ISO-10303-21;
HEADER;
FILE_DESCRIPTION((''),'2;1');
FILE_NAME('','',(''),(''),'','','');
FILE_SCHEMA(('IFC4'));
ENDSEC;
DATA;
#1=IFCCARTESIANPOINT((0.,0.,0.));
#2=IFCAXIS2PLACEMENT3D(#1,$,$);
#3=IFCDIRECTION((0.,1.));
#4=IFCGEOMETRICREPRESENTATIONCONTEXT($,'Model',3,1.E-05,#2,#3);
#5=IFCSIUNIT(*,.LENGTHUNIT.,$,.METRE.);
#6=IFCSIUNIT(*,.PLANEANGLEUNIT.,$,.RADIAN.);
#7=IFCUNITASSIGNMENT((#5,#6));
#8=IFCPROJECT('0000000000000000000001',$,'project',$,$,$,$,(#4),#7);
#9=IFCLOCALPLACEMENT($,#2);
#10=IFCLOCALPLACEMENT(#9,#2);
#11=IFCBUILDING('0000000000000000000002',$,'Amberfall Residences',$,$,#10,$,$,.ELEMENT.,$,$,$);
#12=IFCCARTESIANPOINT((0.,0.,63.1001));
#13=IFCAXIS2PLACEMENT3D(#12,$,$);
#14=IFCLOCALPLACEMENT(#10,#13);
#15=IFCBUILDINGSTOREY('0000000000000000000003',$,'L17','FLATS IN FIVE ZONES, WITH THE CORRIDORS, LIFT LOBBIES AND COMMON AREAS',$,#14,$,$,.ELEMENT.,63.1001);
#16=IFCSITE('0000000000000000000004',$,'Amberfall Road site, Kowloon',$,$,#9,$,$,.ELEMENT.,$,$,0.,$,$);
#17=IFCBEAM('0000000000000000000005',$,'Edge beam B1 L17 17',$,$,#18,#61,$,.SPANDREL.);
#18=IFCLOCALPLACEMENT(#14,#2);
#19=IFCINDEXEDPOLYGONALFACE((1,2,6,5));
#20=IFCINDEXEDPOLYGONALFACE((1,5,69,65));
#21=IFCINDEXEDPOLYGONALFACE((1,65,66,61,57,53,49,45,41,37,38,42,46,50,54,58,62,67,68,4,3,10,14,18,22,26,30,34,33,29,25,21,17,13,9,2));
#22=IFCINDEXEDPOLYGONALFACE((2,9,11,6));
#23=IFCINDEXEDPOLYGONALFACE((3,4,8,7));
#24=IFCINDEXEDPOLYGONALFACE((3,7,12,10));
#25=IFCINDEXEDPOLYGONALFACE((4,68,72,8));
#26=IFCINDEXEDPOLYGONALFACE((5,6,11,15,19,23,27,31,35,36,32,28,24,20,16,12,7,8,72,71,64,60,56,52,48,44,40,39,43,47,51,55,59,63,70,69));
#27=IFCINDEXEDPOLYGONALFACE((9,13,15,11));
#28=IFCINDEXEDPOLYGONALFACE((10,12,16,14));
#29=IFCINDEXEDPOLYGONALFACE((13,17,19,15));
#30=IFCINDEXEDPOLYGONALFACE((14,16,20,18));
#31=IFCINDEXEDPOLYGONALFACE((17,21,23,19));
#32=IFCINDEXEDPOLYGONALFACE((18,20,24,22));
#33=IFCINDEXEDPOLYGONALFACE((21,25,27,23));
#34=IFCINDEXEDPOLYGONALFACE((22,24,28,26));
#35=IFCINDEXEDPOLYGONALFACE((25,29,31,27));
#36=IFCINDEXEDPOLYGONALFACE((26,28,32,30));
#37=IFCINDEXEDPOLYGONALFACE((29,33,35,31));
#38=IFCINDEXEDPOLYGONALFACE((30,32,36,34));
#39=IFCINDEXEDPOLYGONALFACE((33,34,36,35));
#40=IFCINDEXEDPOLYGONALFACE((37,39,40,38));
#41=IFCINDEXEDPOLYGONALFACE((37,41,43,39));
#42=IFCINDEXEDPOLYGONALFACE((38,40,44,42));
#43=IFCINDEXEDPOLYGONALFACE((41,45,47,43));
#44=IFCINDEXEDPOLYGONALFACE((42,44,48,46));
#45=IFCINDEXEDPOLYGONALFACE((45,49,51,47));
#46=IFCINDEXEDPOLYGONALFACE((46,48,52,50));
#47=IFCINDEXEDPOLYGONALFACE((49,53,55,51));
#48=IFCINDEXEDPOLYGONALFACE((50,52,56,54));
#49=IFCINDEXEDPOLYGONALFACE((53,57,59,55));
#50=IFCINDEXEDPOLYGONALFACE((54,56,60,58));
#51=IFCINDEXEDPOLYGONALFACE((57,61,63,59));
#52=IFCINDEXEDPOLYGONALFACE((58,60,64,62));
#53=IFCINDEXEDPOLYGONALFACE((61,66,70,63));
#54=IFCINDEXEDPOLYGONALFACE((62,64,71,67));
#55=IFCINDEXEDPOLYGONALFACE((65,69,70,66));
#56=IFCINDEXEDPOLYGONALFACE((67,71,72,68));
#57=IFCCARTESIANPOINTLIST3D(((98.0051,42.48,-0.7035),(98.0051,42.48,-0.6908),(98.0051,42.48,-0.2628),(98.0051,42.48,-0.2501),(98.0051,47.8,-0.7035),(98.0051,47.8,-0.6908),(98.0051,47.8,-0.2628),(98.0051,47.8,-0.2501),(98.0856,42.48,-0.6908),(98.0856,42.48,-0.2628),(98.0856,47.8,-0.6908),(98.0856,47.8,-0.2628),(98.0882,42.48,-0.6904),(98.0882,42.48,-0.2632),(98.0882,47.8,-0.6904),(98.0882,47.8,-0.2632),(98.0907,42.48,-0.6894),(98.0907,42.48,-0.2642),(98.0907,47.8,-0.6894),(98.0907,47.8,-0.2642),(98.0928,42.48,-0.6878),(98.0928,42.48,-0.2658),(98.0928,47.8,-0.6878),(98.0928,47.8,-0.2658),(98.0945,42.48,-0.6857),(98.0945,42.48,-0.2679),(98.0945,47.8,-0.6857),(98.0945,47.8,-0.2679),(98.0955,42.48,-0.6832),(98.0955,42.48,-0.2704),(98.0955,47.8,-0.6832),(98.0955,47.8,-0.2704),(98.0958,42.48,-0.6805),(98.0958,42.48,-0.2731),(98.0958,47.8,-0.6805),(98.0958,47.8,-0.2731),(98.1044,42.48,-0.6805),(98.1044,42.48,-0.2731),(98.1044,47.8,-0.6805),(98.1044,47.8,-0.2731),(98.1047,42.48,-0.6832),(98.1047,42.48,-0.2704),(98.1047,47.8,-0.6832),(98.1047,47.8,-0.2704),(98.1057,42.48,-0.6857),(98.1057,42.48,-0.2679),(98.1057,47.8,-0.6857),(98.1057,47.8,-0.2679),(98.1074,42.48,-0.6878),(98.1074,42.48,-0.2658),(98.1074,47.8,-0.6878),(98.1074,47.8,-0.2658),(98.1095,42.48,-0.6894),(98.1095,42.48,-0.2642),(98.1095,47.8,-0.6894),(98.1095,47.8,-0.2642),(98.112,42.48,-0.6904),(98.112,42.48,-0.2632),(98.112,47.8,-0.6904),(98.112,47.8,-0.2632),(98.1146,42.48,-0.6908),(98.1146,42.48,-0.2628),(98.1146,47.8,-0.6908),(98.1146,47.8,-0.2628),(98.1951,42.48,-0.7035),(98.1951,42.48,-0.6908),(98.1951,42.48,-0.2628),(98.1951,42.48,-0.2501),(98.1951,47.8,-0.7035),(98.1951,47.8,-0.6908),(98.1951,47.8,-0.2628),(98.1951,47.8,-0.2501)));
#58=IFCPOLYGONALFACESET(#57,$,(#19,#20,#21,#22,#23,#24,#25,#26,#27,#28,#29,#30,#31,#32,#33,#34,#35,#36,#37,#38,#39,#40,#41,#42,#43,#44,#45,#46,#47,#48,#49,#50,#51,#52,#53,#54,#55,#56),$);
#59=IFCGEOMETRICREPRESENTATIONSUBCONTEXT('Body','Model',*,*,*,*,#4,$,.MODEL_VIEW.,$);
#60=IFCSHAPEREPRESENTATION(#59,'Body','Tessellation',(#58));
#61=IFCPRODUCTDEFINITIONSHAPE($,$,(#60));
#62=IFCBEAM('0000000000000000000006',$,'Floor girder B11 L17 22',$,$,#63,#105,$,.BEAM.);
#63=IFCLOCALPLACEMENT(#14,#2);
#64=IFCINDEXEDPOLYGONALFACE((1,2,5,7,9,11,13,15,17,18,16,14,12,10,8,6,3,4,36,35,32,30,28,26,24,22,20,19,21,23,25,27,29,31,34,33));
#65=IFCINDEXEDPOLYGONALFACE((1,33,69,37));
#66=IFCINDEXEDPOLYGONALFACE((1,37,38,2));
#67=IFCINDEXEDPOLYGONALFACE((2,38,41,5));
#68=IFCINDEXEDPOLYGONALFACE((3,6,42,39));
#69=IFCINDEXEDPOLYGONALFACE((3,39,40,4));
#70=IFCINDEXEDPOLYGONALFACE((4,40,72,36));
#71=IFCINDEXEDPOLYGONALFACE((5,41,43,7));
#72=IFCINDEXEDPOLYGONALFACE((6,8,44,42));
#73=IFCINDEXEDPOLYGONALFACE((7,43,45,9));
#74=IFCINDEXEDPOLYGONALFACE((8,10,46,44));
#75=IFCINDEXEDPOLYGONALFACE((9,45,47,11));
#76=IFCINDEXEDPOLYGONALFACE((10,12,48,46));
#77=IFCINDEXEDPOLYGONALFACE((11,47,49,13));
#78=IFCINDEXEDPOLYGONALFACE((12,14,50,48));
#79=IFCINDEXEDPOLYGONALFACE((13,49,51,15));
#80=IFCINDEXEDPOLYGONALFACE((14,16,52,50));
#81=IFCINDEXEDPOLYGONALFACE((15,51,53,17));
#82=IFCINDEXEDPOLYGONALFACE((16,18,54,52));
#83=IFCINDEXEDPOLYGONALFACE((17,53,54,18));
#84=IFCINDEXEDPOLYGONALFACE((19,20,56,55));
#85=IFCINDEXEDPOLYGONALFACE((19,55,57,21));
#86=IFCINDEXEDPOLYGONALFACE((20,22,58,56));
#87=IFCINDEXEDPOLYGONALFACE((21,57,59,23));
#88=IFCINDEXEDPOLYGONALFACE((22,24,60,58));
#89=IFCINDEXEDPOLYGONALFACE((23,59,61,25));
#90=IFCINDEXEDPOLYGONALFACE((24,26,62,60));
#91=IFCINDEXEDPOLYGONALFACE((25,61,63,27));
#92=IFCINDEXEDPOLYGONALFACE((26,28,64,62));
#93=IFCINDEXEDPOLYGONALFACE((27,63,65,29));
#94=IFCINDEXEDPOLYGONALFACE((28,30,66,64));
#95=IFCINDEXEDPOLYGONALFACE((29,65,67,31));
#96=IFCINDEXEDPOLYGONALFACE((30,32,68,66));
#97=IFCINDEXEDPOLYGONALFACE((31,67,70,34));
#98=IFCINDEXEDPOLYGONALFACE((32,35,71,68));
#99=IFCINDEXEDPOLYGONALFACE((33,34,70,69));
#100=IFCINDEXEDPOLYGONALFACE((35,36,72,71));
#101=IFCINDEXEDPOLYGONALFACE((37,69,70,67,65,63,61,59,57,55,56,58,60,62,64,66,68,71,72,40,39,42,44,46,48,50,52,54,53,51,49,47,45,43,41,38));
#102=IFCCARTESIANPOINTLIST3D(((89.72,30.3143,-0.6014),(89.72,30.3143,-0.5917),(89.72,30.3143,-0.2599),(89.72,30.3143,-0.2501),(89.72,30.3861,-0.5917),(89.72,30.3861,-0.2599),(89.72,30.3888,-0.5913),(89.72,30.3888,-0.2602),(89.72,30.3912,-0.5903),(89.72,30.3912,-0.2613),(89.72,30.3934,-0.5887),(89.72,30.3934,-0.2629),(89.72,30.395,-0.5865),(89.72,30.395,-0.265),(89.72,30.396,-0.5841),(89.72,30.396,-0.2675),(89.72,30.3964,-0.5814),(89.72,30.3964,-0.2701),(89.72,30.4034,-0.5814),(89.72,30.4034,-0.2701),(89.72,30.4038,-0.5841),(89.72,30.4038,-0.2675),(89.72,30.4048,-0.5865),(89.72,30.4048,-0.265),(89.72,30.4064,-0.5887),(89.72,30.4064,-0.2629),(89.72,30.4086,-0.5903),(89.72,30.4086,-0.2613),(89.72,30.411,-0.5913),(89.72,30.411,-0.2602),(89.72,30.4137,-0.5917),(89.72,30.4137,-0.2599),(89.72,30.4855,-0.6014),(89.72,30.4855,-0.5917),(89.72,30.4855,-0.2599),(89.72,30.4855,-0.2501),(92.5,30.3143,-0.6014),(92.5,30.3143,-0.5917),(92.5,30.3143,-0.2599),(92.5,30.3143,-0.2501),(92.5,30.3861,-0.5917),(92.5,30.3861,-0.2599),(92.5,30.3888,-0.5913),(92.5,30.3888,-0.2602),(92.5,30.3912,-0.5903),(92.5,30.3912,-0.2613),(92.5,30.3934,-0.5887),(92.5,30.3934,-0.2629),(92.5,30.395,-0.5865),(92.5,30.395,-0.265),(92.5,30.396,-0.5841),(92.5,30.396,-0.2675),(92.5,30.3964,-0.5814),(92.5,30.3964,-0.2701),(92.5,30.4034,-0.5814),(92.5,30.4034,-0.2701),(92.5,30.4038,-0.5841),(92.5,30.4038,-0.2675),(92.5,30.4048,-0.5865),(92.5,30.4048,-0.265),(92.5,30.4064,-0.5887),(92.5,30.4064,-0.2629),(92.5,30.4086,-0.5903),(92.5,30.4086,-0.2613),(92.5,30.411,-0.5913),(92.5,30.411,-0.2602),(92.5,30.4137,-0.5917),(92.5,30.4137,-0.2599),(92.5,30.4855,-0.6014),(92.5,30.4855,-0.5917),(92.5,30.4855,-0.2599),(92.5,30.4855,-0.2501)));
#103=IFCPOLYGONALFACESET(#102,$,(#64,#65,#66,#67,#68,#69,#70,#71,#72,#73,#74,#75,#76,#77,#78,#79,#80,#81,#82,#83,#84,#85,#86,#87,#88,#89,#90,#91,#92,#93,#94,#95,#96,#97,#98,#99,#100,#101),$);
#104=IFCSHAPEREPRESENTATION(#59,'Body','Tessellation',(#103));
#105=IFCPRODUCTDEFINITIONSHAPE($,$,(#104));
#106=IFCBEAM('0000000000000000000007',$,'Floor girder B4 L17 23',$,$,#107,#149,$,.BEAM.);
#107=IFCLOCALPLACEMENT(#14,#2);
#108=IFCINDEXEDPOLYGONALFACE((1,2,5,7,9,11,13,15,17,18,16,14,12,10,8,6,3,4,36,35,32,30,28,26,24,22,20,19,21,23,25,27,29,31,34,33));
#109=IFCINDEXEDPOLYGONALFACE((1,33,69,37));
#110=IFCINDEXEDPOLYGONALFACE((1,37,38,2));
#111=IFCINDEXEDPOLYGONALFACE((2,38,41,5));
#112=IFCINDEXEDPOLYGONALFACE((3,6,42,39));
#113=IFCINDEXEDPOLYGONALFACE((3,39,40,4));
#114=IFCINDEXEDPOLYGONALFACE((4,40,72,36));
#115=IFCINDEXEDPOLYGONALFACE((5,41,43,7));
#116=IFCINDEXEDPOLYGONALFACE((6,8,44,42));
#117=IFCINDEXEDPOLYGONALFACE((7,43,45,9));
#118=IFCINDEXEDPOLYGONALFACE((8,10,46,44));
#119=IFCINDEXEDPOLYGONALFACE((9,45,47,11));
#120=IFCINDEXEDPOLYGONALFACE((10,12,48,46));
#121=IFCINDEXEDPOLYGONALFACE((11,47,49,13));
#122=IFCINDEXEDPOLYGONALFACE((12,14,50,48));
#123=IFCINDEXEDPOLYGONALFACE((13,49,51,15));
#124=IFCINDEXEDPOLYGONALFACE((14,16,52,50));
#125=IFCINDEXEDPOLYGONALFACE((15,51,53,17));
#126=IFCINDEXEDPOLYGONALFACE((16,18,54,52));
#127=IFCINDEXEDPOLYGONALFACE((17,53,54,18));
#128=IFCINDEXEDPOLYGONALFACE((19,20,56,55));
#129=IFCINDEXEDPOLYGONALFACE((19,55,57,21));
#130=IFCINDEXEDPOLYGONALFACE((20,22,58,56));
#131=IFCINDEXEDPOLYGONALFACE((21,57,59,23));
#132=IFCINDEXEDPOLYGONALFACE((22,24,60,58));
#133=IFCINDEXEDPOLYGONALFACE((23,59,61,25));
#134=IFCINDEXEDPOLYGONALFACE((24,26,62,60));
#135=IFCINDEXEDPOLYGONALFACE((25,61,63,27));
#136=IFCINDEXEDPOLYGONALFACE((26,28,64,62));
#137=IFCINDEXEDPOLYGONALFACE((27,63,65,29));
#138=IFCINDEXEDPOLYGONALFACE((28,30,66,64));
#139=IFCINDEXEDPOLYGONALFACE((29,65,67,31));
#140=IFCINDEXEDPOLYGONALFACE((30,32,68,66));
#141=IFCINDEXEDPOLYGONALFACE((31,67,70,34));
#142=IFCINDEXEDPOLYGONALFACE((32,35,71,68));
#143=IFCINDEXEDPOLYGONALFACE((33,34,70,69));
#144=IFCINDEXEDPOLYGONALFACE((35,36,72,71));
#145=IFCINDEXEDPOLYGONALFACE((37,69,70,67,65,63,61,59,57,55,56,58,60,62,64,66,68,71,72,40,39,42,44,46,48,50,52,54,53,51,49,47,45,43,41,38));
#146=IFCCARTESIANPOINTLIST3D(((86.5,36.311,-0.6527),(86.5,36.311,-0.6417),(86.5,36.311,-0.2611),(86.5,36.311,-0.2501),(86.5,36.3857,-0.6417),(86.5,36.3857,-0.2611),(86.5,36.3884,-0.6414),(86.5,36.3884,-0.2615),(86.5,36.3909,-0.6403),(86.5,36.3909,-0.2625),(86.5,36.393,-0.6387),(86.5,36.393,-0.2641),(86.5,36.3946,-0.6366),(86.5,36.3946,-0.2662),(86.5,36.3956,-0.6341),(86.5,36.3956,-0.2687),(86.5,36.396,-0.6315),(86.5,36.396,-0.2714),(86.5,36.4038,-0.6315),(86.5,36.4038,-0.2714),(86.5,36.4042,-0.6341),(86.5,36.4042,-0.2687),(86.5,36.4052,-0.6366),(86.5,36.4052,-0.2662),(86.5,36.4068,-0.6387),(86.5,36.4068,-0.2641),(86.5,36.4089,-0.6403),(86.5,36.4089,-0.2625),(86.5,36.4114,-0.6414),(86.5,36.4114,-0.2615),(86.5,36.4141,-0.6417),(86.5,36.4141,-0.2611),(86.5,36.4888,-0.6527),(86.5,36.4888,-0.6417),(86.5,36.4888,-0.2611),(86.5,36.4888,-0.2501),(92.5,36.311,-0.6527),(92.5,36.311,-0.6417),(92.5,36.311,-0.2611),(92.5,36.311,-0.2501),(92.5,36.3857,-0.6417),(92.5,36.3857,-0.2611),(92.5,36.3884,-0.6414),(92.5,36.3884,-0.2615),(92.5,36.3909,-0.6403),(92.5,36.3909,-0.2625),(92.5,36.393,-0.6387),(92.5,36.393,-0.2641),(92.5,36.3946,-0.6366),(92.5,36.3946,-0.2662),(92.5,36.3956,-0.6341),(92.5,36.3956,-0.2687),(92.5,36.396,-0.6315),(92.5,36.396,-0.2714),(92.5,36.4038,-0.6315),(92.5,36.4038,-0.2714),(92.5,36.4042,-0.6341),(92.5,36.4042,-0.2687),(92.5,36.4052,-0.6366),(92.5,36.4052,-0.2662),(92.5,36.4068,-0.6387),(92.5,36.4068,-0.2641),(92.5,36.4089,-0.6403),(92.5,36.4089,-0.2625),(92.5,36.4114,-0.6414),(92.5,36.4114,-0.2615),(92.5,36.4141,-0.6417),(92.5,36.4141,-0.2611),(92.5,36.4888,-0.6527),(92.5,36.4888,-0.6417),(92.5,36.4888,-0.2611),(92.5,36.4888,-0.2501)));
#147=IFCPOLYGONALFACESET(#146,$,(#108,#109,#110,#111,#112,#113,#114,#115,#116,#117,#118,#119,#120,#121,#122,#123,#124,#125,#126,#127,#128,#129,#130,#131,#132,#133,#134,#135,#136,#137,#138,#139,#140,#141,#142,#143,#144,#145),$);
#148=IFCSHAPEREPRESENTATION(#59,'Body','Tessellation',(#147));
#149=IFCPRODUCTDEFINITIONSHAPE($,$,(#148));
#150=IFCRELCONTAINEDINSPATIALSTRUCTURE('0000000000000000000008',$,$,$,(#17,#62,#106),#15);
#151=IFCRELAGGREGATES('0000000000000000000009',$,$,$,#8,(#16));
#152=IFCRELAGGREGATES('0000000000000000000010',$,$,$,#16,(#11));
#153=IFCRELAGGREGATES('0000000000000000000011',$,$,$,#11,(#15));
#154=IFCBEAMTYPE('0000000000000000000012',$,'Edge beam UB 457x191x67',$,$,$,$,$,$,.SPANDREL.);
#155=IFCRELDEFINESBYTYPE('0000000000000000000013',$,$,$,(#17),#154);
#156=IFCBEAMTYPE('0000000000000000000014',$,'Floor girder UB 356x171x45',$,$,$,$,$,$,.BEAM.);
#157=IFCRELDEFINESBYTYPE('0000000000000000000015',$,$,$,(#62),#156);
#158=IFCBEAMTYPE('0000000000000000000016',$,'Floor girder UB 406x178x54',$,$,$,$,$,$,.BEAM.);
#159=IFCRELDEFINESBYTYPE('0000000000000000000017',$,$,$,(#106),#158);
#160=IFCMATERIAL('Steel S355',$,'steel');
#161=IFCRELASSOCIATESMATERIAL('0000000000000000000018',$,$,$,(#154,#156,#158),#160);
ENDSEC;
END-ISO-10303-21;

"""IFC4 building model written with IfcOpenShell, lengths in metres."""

from ifc_helpers import new_model, si_unit, direction, frame, origin, origin_2d, place, context, subcontext, project, spatial, i_section, extrude, material, material_profile, profile_set, type_object, element, save


model = new_model("IFC4")

# Units and contexts
model_context = context("Model", 3, precision=1e-05, world=origin(), true_north=direction((0.0, 1.0)))
body_context = subcontext(model_context, "Body", "Model", "MODEL_VIEW")
ifc_project = project(units=[si_unit("LENGTHUNIT", "METRE"), si_unit("PLANEANGLEUNIT", "RADIAN")], contexts=[model_context])

# Site, building, storey
site_placement = place(None, origin())
site = spatial("IfcSite", under=ifc_project, at=site_placement, Name="Amberfall Road site, Kowloon", CompositionType="ELEMENT", RefElevation=0.0)
building_placement = place(site_placement, origin())
building = spatial("IfcBuilding", under=site, at=building_placement, Name="Amberfall Residences", CompositionType="ELEMENT")
storey_placement = place(building_placement, frame((0.0, 0.0, 63.1001)))
storey = spatial("IfcBuildingStorey", under=building, at=storey_placement, Name="L17", Description="FLATS IN FIVE ZONES, WITH THE CORRIDORS, LIFT LOBBIES AND COMMON AREAS", CompositionType="ELEMENT", Elevation=63.1001)

# Beams
ifc_material_1 = material(Name="Steel S355", Category="steel")
ifc_material_profile_1 = material_profile(ifc_material_1, i_section(OverallWidth=0.1899, OverallDepth=0.4534, WebThickness=0.0085, FlangeThickness=0.0127, FilletRadius=0.0103, at=origin_2d()), Name="UB 457x191x67")
ifc_profile_set_1 = profile_set([ifc_material_profile_1], Name="Steel S355")
beam_type_1 = type_object("IfcBeamType", Name="Edge beam UB 457x191x67", PredefinedType="SPANDREL", material=ifc_profile_set_1)
beam_1_placement = place(storey_placement, frame((98.1001, 42.48, -0.4768), z_axis=(0.0, 1.0, 0.0), x_axis=(-1.0, 0.0, 0.0)))
element("IfcBeam", 1, at=beam_1_placement, inside=storey, type_object=beam_type_1, Name="Edge beam B1 L17 17", PredefinedType="SPANDREL", context=body_context, shape_type="SweptSolid", body=[
    extrude(i_section(OverallWidth=0.1899, OverallDepth=0.4534, WebThickness=0.0085, FlangeThickness=0.0127, FilletRadius=0.0103, at=origin_2d()), origin(), (0.0, 0.0, 1.0), 5.3201),
])
ifc_material_profile_2 = material_profile(ifc_material_1, i_section(OverallWidth=0.1711, OverallDepth=0.3513, WebThickness=0.0071, FlangeThickness=0.0098, FilletRadius=0.0103, at=origin_2d()), Name="UB 356x171x45")
ifc_profile_set_2 = profile_set([ifc_material_profile_2], Name="Steel S355")
beam_type_2 = type_object("IfcBeamType", Name="Floor girder UB 356x171x45", PredefinedType="BEAM", material=ifc_profile_set_2)
beam_2_placement = place(storey_placement, frame((92.5, 30.3999, -0.4258), z_axis=(-1.0, 0.0, 0.0), x_axis=(0.0, -1.0, 0.0)))
element("IfcBeam", 2, at=beam_2_placement, inside=storey, type_object=beam_type_2, Name="Floor girder B11 L17 22", PredefinedType="BEAM", context=body_context, shape_type="SweptSolid", body=[
    extrude(i_section(OverallWidth=0.1711, OverallDepth=0.3513, WebThickness=0.0071, FlangeThickness=0.0098, FilletRadius=0.0103, at=origin_2d()), origin(), (0.0, 0.0, 1.0), 2.78),
])
ifc_material_profile_3 = material_profile(ifc_material_1, i_section(OverallWidth=0.1777, OverallDepth=0.4026, WebThickness=0.0078, FlangeThickness=0.011, FilletRadius=0.0103, at=origin_2d()), Name="UB 406x178x54")
ifc_profile_set_3 = profile_set([ifc_material_profile_3], Name="Steel S355")
beam_type_3 = type_object("IfcBeamType", Name="Floor girder UB 406x178x54", PredefinedType="BEAM", material=ifc_profile_set_3)
beam_3_placement = place(storey_placement, frame((92.5, 36.3999, -0.4514), z_axis=(-1.0, 0.0, 0.0), x_axis=(0.0, -1.0, 0.0)))
element("IfcBeam", 3, at=beam_3_placement, inside=storey, type_object=beam_type_3, Name="Floor girder B4 L17 23", PredefinedType="BEAM", context=body_context, shape_type="SweptSolid", body=[
    extrude(i_section(OverallWidth=0.1777, OverallDepth=0.4026, WebThickness=0.0078, FlangeThickness=0.011, FilletRadius=0.0103, at=origin_2d()), origin(), (0.0, 0.0, 1.0), 6.0),
])

save(model, "model.ifc")
